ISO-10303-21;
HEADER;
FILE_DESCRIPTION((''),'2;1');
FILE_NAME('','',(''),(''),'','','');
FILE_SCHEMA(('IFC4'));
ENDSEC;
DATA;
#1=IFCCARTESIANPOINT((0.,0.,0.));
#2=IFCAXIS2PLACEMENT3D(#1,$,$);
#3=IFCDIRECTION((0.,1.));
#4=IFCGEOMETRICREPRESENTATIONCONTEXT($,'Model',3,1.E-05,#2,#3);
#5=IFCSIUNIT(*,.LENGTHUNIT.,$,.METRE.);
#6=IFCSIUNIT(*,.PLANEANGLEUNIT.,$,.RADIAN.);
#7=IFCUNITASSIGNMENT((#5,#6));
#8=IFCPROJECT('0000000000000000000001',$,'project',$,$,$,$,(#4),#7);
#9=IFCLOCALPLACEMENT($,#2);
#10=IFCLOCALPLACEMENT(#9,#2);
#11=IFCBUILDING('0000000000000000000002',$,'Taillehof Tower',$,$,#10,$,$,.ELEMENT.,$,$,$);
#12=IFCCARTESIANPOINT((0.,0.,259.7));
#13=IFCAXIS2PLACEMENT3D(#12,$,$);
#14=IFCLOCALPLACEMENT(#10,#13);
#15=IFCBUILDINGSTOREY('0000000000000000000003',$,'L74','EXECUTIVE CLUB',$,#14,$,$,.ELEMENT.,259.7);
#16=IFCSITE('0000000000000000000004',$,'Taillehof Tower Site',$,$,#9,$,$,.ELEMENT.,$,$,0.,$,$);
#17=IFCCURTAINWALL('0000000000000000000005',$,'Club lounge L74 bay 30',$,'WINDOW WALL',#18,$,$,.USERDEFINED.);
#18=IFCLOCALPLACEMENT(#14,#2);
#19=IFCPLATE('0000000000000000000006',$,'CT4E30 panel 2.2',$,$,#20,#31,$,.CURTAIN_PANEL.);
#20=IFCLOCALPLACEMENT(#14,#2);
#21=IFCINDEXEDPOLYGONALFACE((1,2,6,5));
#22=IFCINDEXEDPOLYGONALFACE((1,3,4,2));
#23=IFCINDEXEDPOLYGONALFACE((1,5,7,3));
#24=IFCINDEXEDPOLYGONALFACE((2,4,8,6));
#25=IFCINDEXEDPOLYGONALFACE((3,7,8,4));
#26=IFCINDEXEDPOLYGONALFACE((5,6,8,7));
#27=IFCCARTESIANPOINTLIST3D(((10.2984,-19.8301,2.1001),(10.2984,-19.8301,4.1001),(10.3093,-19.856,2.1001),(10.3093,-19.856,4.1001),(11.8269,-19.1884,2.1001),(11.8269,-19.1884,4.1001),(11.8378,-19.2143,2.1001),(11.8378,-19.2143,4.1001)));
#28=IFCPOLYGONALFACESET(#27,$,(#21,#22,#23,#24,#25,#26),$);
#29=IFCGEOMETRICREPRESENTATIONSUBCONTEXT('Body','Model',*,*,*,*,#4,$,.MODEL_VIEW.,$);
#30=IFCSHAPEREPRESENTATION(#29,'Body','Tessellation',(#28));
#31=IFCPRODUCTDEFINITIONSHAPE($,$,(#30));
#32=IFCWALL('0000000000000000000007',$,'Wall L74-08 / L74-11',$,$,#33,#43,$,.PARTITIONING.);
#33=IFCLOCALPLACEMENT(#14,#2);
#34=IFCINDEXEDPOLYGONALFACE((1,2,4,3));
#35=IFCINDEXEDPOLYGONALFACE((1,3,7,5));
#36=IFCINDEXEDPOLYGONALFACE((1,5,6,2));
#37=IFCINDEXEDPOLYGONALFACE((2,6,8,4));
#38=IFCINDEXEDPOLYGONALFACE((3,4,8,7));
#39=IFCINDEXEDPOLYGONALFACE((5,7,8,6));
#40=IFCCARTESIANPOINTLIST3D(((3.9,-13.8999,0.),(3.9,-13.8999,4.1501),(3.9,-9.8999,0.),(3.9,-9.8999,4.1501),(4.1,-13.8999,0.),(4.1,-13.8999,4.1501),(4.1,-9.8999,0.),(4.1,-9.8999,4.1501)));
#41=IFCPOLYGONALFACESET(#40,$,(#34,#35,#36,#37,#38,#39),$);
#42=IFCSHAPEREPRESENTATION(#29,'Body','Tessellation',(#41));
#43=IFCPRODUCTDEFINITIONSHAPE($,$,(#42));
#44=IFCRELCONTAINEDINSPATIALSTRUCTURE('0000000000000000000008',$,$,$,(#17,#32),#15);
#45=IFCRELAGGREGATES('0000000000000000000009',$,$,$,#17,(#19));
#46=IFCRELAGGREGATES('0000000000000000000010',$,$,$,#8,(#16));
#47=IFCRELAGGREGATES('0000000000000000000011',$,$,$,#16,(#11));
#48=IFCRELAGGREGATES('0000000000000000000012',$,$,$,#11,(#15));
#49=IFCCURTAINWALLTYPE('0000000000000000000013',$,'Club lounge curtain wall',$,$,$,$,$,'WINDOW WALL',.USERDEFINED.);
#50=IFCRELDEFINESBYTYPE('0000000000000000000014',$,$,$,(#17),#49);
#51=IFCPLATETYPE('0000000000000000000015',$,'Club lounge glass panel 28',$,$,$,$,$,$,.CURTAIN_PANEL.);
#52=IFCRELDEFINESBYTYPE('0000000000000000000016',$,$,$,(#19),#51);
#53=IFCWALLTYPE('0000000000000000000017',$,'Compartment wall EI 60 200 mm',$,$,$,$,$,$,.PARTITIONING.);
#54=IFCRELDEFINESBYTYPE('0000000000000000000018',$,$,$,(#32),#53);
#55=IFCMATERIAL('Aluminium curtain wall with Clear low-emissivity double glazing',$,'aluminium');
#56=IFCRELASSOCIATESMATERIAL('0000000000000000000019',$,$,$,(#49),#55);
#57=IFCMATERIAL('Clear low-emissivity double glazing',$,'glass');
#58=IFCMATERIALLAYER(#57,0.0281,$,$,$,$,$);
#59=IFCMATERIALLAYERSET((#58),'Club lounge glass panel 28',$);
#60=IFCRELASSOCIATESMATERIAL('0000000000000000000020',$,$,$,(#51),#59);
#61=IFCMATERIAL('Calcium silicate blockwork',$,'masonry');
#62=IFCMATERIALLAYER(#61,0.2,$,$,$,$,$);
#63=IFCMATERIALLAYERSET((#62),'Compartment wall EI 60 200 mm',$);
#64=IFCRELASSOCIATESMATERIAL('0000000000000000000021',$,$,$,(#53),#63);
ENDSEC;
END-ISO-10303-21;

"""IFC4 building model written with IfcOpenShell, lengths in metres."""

from ifc_helpers import new_model, si_unit, direction, frame, frame_2d, origin, origin_2d, place, context, subcontext, project, spatial, rectangle, extrude, material, layer, layer_set, type_object, element, aggregate, save


model = new_model("IFC4")

# Units and contexts
model_context = context("Model", 3, precision=1e-05, world=origin(), true_north=direction((0.0, 1.0)))
body_context = subcontext(model_context, "Body", "Model", "MODEL_VIEW")
ifc_project = project(units=[si_unit("LENGTHUNIT", "METRE"), si_unit("PLANEANGLEUNIT", "RADIAN")], contexts=[model_context])

# Site, building, storey
site_placement = place(None, origin())
site = spatial("IfcSite", under=ifc_project, at=site_placement, Name="Taillehof Tower Site", CompositionType="ELEMENT", RefElevation=0.0)
building_placement = place(site_placement, origin())
building = spatial("IfcBuilding", under=site, at=building_placement, Name="Taillehof Tower", CompositionType="ELEMENT")
storey_placement = place(building_placement, frame((0.0, 0.0, 259.7)))
storey = spatial("IfcBuildingStorey", under=building, at=storey_placement, Name="L74", Description="EXECUTIVE CLUB", CompositionType="ELEMENT", Elevation=259.7)

# Curtain wall
ifc_material_1 = material(Name="Aluminium curtain wall with Clear low-emissivity double glazing", Category="aluminium")
curtain_wall_type = type_object("IfcCurtainWallType", Name="Club lounge curtain wall", ElementType="WINDOW WALL", PredefinedType="USERDEFINED", material=ifc_material_1)
curtain_wall_placement = place(storey_placement, origin())
curtain_wall = element("IfcCurtainWall", 1, at=curtain_wall_placement, inside=storey, type_object=curtain_wall_type, Name="Club lounge L74 bay 30", ObjectType="WINDOW WALL", PredefinedType="USERDEFINED")

# Plate
ifc_material_2 = material(Name="Clear low-emissivity double glazing", Category="glass")
ifc_layer_1 = layer(ifc_material_2, 0.0281)
ifc_layer_set_1 = layer_set([ifc_layer_1], Name="Club lounge glass panel 28")
plate_type = type_object("IfcPlateType", Name="Club lounge glass panel 28", PredefinedType="CURTAIN_PANEL", material=ifc_layer_set_1)
plate_1_placement = place(storey_placement, frame((11.0681, -19.5222, 2.1001), z_axis=(0.0, 0.0, 1.0), x_axis=(0.922037, 0.387101, 0.0)))
plate_1 = element("IfcPlate", 2, at=plate_1_placement, type_object=plate_type, Name="CT4E30 panel 2.2", PredefinedType="CURTAIN_PANEL", context=body_context, shape_type="SweptSolid", body=[
    extrude(rectangle(XDim=1.6577, YDim=0.0281, at=origin_2d()), origin(), (0.0, 0.0, 1.0), 2.0),
])
aggregate(curtain_wall, [plate_1])

# Wall
ifc_material_3 = material(Name="Calcium silicate blockwork", Category="masonry")
ifc_layer_2 = layer(ifc_material_3, 0.2)
ifc_layer_set_2 = layer_set([ifc_layer_2], Name="Compartment wall EI 60 200 mm")
wall_type_1 = type_object("IfcWallType", Name="Compartment wall EI 60 200 mm", PredefinedType="PARTITIONING", material=ifc_layer_set_2)
wall_1_placement = place(storey_placement, frame((4.0, -13.8999, 0.0), z_axis=(0.0, 0.0, 1.0), x_axis=(0.0, 1.0, 0.0)))
element("IfcWall", 3, at=wall_1_placement, inside=storey, type_object=wall_type_1, Name="Wall L74-08 / L74-11", PredefinedType="PARTITIONING", context=body_context, shape_type="SweptSolid", body=[
    extrude(rectangle(XDim=4.0, YDim=0.2, at=frame_2d((2.0, 0.0))), origin(), (0.0, 0.0, 1.0), 4.1501),
])

save(model, "model.ifc")
